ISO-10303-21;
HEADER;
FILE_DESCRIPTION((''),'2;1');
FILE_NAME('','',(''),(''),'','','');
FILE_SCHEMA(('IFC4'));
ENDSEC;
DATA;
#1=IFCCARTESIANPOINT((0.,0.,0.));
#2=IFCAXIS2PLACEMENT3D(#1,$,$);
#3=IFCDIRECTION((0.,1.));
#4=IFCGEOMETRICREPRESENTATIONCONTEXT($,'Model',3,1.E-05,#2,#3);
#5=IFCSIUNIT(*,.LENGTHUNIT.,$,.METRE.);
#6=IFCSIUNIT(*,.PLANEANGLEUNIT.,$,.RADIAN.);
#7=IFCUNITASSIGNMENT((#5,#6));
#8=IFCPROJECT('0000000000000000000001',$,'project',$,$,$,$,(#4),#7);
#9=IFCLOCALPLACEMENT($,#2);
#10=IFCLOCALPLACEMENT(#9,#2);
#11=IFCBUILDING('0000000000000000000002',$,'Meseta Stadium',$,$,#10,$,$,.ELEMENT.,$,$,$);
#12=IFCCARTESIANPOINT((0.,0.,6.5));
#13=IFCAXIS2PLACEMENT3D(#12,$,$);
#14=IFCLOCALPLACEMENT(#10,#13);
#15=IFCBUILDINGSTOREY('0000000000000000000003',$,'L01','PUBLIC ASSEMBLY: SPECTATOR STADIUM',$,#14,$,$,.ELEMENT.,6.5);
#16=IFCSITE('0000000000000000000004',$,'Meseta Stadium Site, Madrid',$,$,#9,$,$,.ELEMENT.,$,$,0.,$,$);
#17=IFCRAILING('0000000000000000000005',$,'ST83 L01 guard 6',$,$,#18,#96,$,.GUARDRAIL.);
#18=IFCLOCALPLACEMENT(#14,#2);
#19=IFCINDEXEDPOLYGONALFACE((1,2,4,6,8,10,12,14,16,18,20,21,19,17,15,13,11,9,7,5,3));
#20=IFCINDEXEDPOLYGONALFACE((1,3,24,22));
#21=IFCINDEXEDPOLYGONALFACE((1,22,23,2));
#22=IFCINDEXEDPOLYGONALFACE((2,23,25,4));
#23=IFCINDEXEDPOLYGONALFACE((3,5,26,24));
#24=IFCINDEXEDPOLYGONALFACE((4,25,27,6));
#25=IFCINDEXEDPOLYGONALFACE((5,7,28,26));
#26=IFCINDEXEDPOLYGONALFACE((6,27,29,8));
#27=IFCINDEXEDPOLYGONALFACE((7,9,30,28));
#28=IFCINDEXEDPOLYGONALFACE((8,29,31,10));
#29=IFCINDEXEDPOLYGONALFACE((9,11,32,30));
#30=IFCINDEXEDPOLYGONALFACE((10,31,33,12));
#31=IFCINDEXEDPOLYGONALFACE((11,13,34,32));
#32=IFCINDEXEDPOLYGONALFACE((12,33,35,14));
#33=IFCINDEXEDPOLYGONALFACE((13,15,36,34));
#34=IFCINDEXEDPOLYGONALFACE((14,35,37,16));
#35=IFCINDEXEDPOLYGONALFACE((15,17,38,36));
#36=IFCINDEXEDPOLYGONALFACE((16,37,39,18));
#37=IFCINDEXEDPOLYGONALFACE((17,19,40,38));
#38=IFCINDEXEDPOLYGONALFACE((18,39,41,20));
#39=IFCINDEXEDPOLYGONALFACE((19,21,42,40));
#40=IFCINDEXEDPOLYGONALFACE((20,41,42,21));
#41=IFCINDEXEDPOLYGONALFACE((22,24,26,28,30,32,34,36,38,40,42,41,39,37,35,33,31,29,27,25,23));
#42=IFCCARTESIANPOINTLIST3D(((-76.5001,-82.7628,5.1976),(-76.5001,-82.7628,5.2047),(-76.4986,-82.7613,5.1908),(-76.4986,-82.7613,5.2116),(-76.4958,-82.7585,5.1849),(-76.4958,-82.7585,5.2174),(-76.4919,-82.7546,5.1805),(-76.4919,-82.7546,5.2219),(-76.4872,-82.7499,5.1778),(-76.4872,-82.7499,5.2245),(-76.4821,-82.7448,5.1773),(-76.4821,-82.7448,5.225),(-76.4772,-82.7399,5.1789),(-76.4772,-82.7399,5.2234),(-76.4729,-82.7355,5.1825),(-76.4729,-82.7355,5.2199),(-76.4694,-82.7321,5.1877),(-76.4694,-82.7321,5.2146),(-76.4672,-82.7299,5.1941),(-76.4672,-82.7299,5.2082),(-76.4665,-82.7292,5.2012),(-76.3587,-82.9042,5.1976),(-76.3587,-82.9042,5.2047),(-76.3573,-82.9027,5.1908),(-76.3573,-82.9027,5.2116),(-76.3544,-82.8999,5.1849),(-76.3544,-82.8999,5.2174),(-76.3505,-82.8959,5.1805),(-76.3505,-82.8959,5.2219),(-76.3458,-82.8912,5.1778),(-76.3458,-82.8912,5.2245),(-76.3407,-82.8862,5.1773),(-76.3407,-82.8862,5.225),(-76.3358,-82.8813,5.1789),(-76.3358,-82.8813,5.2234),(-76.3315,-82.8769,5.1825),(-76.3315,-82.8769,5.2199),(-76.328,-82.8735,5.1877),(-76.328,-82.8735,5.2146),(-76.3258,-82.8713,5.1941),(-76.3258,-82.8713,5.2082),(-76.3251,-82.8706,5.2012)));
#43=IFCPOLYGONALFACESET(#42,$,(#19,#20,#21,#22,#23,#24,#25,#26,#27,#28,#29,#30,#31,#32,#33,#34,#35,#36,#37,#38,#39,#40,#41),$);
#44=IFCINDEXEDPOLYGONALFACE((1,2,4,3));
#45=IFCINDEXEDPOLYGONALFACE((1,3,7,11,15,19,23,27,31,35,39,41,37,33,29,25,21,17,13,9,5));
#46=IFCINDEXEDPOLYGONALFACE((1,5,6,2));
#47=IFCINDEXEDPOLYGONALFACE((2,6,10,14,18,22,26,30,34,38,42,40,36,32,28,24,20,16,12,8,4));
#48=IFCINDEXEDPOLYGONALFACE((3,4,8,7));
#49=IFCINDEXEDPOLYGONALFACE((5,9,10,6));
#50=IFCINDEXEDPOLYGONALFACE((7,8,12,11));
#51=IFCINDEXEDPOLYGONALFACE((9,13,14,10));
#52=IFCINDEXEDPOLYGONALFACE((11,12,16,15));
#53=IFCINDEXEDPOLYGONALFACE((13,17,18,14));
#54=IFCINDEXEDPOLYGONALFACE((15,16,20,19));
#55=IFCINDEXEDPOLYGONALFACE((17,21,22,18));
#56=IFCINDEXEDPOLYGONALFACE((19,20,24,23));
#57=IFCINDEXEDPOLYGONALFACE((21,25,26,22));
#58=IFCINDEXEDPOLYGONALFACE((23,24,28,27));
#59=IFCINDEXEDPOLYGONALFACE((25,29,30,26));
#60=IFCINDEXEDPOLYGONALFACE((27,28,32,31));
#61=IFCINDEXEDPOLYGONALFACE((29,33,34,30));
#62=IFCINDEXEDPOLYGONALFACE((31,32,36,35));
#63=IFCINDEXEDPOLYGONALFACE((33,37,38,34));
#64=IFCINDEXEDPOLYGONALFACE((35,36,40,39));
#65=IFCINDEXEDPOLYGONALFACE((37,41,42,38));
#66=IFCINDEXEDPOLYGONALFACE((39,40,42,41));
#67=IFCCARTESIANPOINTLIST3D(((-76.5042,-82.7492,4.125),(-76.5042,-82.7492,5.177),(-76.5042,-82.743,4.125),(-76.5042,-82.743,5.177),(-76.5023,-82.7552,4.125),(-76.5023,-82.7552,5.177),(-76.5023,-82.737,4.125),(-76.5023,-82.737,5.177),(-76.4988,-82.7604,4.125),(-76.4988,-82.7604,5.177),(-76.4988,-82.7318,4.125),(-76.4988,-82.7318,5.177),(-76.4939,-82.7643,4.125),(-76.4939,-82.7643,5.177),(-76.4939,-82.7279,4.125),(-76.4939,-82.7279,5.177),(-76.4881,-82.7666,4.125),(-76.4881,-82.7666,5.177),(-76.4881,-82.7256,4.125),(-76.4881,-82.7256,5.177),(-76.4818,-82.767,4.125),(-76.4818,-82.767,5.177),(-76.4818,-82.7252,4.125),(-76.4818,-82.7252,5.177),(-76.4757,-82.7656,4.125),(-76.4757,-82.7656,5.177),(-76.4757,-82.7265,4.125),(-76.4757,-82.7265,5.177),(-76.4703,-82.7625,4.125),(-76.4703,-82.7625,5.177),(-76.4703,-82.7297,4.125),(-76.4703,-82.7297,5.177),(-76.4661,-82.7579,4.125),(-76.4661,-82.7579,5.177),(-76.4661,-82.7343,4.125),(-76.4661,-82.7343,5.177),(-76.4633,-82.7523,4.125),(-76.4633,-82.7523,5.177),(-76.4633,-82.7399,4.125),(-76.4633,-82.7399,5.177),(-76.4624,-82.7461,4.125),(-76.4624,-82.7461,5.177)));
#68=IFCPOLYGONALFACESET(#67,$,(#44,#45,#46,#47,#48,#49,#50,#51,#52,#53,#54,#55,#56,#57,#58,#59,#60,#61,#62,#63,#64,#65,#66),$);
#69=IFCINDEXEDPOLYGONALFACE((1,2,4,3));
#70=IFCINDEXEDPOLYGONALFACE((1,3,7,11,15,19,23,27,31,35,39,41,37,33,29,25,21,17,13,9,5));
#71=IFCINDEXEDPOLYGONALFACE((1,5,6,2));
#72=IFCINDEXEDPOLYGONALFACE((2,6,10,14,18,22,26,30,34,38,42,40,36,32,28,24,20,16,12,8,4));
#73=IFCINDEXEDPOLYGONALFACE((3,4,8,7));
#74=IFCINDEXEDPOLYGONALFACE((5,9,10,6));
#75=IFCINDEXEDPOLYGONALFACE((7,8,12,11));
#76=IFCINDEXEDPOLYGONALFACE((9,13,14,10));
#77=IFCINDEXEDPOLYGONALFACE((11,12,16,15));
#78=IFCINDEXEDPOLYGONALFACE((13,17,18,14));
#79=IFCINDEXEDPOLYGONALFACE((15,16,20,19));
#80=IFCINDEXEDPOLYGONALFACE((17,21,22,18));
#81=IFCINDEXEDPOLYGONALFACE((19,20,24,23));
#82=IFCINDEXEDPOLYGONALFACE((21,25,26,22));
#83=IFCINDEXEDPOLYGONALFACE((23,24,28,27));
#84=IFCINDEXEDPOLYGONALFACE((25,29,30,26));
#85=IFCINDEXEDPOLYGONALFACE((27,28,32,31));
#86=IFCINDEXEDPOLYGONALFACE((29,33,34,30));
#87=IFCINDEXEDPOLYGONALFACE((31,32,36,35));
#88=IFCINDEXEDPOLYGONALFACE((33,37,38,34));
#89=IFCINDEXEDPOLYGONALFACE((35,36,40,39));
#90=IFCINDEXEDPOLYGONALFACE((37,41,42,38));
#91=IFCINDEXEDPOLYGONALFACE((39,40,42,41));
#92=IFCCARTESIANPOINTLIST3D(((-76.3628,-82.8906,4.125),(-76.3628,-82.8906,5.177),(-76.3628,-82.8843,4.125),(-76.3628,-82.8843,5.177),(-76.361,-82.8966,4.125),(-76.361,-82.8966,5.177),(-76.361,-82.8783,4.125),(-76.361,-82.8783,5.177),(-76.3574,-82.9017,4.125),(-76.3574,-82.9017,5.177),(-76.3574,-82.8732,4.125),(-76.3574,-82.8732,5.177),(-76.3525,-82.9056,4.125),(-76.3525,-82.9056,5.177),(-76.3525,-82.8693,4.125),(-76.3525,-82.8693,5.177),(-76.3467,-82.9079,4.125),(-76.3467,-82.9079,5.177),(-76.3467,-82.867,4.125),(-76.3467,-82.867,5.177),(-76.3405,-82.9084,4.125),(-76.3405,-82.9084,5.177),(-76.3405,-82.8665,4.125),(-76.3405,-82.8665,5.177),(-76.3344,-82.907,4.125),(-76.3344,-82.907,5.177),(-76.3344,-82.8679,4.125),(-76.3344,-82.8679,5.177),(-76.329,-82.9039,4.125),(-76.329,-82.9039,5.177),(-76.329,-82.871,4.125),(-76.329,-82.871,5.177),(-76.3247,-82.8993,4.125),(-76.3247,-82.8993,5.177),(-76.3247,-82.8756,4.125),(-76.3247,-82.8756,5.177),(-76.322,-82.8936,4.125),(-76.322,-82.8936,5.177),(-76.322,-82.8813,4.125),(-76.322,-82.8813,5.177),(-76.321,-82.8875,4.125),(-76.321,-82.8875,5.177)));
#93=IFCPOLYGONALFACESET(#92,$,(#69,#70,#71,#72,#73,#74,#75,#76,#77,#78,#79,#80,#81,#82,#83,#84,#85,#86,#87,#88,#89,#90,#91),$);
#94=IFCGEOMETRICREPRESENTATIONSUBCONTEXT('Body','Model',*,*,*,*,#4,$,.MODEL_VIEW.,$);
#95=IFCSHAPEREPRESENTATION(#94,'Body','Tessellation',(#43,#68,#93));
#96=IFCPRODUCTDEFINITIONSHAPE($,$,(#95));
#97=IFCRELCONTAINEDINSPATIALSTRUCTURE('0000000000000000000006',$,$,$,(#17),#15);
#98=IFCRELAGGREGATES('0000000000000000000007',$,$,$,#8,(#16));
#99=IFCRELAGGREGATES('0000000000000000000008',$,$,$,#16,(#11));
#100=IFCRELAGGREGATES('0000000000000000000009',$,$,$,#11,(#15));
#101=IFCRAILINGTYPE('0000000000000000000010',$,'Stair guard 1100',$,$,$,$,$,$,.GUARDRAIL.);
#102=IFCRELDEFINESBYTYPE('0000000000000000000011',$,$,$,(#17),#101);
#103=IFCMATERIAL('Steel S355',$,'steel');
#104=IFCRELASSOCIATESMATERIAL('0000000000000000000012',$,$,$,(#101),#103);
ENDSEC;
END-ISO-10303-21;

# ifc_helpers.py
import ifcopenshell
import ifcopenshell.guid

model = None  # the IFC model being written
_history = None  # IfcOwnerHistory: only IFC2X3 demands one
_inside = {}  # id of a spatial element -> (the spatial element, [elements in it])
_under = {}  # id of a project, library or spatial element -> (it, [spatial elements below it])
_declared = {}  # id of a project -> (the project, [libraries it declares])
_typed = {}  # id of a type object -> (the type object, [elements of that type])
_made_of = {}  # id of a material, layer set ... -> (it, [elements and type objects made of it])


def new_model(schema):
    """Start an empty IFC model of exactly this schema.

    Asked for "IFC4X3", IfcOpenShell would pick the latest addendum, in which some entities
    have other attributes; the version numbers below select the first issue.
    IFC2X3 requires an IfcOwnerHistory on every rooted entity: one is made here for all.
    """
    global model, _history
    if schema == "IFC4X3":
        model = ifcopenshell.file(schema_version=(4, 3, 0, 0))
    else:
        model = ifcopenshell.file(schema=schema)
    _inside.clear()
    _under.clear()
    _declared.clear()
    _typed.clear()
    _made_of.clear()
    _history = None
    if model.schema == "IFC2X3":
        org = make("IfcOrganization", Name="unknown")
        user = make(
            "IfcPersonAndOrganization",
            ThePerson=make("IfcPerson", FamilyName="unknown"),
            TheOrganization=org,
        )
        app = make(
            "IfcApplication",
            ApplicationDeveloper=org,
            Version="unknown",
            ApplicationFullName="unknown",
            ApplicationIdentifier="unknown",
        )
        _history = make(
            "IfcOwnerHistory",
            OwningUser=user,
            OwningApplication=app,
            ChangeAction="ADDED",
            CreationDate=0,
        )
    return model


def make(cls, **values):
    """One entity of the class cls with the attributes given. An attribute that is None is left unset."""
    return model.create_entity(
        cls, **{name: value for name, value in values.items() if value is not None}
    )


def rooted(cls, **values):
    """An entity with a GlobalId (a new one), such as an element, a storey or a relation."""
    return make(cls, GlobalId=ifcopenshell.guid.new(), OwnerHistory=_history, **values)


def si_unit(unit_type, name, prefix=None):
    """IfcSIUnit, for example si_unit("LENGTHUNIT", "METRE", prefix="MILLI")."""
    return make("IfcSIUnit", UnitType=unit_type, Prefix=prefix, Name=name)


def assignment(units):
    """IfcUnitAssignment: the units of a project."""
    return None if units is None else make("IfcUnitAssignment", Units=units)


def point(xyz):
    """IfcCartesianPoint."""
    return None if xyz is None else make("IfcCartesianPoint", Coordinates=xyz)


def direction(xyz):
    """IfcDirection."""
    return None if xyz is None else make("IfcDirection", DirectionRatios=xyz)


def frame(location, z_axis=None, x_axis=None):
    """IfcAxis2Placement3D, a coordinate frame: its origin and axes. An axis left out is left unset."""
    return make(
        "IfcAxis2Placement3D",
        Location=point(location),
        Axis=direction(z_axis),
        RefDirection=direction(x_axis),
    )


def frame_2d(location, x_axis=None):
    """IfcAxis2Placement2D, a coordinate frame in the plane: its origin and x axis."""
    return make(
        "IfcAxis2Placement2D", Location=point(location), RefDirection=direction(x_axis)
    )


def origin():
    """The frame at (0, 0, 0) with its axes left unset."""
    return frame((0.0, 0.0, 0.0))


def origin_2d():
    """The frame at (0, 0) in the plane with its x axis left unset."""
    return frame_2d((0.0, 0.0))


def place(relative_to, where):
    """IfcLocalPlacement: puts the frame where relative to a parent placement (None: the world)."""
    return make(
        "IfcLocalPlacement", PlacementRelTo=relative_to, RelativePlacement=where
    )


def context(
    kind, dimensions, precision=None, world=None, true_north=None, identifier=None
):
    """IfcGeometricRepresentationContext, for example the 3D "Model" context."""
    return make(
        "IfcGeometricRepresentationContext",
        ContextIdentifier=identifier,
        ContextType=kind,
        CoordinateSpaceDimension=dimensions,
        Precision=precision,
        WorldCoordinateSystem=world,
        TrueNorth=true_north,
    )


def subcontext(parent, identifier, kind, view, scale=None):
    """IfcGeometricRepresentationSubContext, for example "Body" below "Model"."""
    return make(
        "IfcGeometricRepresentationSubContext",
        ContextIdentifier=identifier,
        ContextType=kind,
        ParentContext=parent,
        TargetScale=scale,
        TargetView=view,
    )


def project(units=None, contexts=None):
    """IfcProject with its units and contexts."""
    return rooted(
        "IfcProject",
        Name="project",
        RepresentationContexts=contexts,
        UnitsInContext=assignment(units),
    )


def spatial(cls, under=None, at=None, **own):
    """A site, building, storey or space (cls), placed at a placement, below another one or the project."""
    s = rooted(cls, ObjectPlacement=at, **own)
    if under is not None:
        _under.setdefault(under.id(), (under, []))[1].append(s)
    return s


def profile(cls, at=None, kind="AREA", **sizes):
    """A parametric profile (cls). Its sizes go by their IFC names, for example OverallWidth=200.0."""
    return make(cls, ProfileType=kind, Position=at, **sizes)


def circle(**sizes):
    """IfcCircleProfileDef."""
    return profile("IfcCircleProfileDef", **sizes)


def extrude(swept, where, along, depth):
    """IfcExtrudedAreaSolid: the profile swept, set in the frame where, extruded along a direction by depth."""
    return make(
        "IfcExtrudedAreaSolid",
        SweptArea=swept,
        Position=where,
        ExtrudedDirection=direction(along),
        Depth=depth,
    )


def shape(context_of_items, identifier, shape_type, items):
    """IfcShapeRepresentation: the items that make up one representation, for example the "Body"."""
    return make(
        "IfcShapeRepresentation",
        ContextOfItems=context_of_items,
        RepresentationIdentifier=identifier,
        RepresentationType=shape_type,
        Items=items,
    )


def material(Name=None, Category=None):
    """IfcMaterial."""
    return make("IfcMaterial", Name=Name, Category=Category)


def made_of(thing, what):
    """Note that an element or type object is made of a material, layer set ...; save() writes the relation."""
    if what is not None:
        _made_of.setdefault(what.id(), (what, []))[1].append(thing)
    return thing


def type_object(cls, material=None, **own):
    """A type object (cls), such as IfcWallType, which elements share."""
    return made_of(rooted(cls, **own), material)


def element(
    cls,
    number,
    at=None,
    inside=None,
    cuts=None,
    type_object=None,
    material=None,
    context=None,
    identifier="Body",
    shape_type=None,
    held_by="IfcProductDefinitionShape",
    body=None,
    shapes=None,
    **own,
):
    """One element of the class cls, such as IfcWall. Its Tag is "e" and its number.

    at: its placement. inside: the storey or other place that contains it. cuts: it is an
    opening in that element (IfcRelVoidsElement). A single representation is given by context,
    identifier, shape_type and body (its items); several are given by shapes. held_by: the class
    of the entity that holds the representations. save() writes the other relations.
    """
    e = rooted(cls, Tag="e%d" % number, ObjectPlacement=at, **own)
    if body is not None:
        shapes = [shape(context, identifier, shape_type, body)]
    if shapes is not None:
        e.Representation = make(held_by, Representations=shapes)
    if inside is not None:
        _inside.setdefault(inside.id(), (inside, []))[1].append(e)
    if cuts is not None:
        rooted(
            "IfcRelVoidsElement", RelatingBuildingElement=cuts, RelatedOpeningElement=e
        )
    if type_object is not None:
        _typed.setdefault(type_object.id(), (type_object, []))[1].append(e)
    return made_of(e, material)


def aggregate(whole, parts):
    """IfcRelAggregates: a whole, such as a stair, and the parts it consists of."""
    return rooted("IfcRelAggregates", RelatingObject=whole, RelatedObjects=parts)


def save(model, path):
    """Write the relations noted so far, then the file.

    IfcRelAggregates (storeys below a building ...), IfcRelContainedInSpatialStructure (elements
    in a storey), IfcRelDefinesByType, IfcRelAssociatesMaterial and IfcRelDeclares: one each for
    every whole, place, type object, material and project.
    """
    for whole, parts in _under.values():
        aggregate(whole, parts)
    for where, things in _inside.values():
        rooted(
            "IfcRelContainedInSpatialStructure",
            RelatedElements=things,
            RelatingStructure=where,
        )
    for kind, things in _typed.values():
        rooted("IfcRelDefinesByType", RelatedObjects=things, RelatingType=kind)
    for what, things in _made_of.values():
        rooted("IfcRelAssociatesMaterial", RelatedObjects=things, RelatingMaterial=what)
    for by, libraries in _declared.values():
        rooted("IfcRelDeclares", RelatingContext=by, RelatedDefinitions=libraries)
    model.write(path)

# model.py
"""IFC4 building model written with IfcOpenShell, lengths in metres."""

from ifc_helpers import new_model, si_unit, direction, frame, origin, origin_2d, place, context, subcontext, project, spatial, circle, extrude, material, type_object, element, save


model = new_model("IFC4")

# Units and contexts
model_context = context("Model", 3, precision=1e-05, world=origin(), true_north=direction((0.0, 1.0)))
body_context = subcontext(model_context, "Body", "Model", "MODEL_VIEW")
ifc_project = project(units=[si_unit("LENGTHUNIT", "METRE"), si_unit("PLANEANGLEUNIT", "RADIAN")], contexts=[model_context])

# Site, building, storey
site_placement = place(None, origin())
site = spatial("IfcSite", under=ifc_project, at=site_placement, Name="Meseta Stadium Site, Madrid", CompositionType="ELEMENT", RefElevation=0.0)
building_placement = place(site_placement, origin())
building = spatial("IfcBuilding", under=site, at=building_placement, Name="Meseta Stadium", CompositionType="ELEMENT")
storey_placement = place(building_placement, frame((0.0, 0.0, 6.5)))
storey = spatial("IfcBuildingStorey", under=building, at=storey_placement, Name="L01", Description="PUBLIC ASSEMBLY: SPECTATOR STADIUM", CompositionType="ELEMENT", Elevation=6.5)

# Railing
ifc_material_1 = material(Name="Steel S355", Category="steel")
railing_type_1 = type_object("IfcRailingType", Name="Stair guard 1100", PredefinedType="GUARDRAIL", material=ifc_material_1)
railing_1_placement = place(storey_placement, frame((-76.4834, -82.7461, 4.125)))
element("IfcRailing", 1, at=railing_1_placement, inside=storey, type_object=railing_type_1, Name="ST83 L01 guard 6", PredefinedType="GUARDRAIL", context=body_context, shape_type="SweptSolid", body=[
    extrude(circle(Radius=0.0239, at=origin_2d()), frame((0.0, 0.0, 1.0762), z_axis=(0.707107, -0.707107, 0.0), x_axis=(0.707107, 0.707107, 0.0)), (0.0, 0.0, 1.0), 0.2),
    extrude(circle(Radius=0.021, at=origin_2d()), origin(), (0.0, 0.0, 1.0), 1.052),
    extrude(circle(Radius=0.021, at=origin_2d()), frame((0.1414, -0.1414, 0.0)), (0.0, 0.0, 1.0), 1.052),
])

save(model, "model.ifc")
